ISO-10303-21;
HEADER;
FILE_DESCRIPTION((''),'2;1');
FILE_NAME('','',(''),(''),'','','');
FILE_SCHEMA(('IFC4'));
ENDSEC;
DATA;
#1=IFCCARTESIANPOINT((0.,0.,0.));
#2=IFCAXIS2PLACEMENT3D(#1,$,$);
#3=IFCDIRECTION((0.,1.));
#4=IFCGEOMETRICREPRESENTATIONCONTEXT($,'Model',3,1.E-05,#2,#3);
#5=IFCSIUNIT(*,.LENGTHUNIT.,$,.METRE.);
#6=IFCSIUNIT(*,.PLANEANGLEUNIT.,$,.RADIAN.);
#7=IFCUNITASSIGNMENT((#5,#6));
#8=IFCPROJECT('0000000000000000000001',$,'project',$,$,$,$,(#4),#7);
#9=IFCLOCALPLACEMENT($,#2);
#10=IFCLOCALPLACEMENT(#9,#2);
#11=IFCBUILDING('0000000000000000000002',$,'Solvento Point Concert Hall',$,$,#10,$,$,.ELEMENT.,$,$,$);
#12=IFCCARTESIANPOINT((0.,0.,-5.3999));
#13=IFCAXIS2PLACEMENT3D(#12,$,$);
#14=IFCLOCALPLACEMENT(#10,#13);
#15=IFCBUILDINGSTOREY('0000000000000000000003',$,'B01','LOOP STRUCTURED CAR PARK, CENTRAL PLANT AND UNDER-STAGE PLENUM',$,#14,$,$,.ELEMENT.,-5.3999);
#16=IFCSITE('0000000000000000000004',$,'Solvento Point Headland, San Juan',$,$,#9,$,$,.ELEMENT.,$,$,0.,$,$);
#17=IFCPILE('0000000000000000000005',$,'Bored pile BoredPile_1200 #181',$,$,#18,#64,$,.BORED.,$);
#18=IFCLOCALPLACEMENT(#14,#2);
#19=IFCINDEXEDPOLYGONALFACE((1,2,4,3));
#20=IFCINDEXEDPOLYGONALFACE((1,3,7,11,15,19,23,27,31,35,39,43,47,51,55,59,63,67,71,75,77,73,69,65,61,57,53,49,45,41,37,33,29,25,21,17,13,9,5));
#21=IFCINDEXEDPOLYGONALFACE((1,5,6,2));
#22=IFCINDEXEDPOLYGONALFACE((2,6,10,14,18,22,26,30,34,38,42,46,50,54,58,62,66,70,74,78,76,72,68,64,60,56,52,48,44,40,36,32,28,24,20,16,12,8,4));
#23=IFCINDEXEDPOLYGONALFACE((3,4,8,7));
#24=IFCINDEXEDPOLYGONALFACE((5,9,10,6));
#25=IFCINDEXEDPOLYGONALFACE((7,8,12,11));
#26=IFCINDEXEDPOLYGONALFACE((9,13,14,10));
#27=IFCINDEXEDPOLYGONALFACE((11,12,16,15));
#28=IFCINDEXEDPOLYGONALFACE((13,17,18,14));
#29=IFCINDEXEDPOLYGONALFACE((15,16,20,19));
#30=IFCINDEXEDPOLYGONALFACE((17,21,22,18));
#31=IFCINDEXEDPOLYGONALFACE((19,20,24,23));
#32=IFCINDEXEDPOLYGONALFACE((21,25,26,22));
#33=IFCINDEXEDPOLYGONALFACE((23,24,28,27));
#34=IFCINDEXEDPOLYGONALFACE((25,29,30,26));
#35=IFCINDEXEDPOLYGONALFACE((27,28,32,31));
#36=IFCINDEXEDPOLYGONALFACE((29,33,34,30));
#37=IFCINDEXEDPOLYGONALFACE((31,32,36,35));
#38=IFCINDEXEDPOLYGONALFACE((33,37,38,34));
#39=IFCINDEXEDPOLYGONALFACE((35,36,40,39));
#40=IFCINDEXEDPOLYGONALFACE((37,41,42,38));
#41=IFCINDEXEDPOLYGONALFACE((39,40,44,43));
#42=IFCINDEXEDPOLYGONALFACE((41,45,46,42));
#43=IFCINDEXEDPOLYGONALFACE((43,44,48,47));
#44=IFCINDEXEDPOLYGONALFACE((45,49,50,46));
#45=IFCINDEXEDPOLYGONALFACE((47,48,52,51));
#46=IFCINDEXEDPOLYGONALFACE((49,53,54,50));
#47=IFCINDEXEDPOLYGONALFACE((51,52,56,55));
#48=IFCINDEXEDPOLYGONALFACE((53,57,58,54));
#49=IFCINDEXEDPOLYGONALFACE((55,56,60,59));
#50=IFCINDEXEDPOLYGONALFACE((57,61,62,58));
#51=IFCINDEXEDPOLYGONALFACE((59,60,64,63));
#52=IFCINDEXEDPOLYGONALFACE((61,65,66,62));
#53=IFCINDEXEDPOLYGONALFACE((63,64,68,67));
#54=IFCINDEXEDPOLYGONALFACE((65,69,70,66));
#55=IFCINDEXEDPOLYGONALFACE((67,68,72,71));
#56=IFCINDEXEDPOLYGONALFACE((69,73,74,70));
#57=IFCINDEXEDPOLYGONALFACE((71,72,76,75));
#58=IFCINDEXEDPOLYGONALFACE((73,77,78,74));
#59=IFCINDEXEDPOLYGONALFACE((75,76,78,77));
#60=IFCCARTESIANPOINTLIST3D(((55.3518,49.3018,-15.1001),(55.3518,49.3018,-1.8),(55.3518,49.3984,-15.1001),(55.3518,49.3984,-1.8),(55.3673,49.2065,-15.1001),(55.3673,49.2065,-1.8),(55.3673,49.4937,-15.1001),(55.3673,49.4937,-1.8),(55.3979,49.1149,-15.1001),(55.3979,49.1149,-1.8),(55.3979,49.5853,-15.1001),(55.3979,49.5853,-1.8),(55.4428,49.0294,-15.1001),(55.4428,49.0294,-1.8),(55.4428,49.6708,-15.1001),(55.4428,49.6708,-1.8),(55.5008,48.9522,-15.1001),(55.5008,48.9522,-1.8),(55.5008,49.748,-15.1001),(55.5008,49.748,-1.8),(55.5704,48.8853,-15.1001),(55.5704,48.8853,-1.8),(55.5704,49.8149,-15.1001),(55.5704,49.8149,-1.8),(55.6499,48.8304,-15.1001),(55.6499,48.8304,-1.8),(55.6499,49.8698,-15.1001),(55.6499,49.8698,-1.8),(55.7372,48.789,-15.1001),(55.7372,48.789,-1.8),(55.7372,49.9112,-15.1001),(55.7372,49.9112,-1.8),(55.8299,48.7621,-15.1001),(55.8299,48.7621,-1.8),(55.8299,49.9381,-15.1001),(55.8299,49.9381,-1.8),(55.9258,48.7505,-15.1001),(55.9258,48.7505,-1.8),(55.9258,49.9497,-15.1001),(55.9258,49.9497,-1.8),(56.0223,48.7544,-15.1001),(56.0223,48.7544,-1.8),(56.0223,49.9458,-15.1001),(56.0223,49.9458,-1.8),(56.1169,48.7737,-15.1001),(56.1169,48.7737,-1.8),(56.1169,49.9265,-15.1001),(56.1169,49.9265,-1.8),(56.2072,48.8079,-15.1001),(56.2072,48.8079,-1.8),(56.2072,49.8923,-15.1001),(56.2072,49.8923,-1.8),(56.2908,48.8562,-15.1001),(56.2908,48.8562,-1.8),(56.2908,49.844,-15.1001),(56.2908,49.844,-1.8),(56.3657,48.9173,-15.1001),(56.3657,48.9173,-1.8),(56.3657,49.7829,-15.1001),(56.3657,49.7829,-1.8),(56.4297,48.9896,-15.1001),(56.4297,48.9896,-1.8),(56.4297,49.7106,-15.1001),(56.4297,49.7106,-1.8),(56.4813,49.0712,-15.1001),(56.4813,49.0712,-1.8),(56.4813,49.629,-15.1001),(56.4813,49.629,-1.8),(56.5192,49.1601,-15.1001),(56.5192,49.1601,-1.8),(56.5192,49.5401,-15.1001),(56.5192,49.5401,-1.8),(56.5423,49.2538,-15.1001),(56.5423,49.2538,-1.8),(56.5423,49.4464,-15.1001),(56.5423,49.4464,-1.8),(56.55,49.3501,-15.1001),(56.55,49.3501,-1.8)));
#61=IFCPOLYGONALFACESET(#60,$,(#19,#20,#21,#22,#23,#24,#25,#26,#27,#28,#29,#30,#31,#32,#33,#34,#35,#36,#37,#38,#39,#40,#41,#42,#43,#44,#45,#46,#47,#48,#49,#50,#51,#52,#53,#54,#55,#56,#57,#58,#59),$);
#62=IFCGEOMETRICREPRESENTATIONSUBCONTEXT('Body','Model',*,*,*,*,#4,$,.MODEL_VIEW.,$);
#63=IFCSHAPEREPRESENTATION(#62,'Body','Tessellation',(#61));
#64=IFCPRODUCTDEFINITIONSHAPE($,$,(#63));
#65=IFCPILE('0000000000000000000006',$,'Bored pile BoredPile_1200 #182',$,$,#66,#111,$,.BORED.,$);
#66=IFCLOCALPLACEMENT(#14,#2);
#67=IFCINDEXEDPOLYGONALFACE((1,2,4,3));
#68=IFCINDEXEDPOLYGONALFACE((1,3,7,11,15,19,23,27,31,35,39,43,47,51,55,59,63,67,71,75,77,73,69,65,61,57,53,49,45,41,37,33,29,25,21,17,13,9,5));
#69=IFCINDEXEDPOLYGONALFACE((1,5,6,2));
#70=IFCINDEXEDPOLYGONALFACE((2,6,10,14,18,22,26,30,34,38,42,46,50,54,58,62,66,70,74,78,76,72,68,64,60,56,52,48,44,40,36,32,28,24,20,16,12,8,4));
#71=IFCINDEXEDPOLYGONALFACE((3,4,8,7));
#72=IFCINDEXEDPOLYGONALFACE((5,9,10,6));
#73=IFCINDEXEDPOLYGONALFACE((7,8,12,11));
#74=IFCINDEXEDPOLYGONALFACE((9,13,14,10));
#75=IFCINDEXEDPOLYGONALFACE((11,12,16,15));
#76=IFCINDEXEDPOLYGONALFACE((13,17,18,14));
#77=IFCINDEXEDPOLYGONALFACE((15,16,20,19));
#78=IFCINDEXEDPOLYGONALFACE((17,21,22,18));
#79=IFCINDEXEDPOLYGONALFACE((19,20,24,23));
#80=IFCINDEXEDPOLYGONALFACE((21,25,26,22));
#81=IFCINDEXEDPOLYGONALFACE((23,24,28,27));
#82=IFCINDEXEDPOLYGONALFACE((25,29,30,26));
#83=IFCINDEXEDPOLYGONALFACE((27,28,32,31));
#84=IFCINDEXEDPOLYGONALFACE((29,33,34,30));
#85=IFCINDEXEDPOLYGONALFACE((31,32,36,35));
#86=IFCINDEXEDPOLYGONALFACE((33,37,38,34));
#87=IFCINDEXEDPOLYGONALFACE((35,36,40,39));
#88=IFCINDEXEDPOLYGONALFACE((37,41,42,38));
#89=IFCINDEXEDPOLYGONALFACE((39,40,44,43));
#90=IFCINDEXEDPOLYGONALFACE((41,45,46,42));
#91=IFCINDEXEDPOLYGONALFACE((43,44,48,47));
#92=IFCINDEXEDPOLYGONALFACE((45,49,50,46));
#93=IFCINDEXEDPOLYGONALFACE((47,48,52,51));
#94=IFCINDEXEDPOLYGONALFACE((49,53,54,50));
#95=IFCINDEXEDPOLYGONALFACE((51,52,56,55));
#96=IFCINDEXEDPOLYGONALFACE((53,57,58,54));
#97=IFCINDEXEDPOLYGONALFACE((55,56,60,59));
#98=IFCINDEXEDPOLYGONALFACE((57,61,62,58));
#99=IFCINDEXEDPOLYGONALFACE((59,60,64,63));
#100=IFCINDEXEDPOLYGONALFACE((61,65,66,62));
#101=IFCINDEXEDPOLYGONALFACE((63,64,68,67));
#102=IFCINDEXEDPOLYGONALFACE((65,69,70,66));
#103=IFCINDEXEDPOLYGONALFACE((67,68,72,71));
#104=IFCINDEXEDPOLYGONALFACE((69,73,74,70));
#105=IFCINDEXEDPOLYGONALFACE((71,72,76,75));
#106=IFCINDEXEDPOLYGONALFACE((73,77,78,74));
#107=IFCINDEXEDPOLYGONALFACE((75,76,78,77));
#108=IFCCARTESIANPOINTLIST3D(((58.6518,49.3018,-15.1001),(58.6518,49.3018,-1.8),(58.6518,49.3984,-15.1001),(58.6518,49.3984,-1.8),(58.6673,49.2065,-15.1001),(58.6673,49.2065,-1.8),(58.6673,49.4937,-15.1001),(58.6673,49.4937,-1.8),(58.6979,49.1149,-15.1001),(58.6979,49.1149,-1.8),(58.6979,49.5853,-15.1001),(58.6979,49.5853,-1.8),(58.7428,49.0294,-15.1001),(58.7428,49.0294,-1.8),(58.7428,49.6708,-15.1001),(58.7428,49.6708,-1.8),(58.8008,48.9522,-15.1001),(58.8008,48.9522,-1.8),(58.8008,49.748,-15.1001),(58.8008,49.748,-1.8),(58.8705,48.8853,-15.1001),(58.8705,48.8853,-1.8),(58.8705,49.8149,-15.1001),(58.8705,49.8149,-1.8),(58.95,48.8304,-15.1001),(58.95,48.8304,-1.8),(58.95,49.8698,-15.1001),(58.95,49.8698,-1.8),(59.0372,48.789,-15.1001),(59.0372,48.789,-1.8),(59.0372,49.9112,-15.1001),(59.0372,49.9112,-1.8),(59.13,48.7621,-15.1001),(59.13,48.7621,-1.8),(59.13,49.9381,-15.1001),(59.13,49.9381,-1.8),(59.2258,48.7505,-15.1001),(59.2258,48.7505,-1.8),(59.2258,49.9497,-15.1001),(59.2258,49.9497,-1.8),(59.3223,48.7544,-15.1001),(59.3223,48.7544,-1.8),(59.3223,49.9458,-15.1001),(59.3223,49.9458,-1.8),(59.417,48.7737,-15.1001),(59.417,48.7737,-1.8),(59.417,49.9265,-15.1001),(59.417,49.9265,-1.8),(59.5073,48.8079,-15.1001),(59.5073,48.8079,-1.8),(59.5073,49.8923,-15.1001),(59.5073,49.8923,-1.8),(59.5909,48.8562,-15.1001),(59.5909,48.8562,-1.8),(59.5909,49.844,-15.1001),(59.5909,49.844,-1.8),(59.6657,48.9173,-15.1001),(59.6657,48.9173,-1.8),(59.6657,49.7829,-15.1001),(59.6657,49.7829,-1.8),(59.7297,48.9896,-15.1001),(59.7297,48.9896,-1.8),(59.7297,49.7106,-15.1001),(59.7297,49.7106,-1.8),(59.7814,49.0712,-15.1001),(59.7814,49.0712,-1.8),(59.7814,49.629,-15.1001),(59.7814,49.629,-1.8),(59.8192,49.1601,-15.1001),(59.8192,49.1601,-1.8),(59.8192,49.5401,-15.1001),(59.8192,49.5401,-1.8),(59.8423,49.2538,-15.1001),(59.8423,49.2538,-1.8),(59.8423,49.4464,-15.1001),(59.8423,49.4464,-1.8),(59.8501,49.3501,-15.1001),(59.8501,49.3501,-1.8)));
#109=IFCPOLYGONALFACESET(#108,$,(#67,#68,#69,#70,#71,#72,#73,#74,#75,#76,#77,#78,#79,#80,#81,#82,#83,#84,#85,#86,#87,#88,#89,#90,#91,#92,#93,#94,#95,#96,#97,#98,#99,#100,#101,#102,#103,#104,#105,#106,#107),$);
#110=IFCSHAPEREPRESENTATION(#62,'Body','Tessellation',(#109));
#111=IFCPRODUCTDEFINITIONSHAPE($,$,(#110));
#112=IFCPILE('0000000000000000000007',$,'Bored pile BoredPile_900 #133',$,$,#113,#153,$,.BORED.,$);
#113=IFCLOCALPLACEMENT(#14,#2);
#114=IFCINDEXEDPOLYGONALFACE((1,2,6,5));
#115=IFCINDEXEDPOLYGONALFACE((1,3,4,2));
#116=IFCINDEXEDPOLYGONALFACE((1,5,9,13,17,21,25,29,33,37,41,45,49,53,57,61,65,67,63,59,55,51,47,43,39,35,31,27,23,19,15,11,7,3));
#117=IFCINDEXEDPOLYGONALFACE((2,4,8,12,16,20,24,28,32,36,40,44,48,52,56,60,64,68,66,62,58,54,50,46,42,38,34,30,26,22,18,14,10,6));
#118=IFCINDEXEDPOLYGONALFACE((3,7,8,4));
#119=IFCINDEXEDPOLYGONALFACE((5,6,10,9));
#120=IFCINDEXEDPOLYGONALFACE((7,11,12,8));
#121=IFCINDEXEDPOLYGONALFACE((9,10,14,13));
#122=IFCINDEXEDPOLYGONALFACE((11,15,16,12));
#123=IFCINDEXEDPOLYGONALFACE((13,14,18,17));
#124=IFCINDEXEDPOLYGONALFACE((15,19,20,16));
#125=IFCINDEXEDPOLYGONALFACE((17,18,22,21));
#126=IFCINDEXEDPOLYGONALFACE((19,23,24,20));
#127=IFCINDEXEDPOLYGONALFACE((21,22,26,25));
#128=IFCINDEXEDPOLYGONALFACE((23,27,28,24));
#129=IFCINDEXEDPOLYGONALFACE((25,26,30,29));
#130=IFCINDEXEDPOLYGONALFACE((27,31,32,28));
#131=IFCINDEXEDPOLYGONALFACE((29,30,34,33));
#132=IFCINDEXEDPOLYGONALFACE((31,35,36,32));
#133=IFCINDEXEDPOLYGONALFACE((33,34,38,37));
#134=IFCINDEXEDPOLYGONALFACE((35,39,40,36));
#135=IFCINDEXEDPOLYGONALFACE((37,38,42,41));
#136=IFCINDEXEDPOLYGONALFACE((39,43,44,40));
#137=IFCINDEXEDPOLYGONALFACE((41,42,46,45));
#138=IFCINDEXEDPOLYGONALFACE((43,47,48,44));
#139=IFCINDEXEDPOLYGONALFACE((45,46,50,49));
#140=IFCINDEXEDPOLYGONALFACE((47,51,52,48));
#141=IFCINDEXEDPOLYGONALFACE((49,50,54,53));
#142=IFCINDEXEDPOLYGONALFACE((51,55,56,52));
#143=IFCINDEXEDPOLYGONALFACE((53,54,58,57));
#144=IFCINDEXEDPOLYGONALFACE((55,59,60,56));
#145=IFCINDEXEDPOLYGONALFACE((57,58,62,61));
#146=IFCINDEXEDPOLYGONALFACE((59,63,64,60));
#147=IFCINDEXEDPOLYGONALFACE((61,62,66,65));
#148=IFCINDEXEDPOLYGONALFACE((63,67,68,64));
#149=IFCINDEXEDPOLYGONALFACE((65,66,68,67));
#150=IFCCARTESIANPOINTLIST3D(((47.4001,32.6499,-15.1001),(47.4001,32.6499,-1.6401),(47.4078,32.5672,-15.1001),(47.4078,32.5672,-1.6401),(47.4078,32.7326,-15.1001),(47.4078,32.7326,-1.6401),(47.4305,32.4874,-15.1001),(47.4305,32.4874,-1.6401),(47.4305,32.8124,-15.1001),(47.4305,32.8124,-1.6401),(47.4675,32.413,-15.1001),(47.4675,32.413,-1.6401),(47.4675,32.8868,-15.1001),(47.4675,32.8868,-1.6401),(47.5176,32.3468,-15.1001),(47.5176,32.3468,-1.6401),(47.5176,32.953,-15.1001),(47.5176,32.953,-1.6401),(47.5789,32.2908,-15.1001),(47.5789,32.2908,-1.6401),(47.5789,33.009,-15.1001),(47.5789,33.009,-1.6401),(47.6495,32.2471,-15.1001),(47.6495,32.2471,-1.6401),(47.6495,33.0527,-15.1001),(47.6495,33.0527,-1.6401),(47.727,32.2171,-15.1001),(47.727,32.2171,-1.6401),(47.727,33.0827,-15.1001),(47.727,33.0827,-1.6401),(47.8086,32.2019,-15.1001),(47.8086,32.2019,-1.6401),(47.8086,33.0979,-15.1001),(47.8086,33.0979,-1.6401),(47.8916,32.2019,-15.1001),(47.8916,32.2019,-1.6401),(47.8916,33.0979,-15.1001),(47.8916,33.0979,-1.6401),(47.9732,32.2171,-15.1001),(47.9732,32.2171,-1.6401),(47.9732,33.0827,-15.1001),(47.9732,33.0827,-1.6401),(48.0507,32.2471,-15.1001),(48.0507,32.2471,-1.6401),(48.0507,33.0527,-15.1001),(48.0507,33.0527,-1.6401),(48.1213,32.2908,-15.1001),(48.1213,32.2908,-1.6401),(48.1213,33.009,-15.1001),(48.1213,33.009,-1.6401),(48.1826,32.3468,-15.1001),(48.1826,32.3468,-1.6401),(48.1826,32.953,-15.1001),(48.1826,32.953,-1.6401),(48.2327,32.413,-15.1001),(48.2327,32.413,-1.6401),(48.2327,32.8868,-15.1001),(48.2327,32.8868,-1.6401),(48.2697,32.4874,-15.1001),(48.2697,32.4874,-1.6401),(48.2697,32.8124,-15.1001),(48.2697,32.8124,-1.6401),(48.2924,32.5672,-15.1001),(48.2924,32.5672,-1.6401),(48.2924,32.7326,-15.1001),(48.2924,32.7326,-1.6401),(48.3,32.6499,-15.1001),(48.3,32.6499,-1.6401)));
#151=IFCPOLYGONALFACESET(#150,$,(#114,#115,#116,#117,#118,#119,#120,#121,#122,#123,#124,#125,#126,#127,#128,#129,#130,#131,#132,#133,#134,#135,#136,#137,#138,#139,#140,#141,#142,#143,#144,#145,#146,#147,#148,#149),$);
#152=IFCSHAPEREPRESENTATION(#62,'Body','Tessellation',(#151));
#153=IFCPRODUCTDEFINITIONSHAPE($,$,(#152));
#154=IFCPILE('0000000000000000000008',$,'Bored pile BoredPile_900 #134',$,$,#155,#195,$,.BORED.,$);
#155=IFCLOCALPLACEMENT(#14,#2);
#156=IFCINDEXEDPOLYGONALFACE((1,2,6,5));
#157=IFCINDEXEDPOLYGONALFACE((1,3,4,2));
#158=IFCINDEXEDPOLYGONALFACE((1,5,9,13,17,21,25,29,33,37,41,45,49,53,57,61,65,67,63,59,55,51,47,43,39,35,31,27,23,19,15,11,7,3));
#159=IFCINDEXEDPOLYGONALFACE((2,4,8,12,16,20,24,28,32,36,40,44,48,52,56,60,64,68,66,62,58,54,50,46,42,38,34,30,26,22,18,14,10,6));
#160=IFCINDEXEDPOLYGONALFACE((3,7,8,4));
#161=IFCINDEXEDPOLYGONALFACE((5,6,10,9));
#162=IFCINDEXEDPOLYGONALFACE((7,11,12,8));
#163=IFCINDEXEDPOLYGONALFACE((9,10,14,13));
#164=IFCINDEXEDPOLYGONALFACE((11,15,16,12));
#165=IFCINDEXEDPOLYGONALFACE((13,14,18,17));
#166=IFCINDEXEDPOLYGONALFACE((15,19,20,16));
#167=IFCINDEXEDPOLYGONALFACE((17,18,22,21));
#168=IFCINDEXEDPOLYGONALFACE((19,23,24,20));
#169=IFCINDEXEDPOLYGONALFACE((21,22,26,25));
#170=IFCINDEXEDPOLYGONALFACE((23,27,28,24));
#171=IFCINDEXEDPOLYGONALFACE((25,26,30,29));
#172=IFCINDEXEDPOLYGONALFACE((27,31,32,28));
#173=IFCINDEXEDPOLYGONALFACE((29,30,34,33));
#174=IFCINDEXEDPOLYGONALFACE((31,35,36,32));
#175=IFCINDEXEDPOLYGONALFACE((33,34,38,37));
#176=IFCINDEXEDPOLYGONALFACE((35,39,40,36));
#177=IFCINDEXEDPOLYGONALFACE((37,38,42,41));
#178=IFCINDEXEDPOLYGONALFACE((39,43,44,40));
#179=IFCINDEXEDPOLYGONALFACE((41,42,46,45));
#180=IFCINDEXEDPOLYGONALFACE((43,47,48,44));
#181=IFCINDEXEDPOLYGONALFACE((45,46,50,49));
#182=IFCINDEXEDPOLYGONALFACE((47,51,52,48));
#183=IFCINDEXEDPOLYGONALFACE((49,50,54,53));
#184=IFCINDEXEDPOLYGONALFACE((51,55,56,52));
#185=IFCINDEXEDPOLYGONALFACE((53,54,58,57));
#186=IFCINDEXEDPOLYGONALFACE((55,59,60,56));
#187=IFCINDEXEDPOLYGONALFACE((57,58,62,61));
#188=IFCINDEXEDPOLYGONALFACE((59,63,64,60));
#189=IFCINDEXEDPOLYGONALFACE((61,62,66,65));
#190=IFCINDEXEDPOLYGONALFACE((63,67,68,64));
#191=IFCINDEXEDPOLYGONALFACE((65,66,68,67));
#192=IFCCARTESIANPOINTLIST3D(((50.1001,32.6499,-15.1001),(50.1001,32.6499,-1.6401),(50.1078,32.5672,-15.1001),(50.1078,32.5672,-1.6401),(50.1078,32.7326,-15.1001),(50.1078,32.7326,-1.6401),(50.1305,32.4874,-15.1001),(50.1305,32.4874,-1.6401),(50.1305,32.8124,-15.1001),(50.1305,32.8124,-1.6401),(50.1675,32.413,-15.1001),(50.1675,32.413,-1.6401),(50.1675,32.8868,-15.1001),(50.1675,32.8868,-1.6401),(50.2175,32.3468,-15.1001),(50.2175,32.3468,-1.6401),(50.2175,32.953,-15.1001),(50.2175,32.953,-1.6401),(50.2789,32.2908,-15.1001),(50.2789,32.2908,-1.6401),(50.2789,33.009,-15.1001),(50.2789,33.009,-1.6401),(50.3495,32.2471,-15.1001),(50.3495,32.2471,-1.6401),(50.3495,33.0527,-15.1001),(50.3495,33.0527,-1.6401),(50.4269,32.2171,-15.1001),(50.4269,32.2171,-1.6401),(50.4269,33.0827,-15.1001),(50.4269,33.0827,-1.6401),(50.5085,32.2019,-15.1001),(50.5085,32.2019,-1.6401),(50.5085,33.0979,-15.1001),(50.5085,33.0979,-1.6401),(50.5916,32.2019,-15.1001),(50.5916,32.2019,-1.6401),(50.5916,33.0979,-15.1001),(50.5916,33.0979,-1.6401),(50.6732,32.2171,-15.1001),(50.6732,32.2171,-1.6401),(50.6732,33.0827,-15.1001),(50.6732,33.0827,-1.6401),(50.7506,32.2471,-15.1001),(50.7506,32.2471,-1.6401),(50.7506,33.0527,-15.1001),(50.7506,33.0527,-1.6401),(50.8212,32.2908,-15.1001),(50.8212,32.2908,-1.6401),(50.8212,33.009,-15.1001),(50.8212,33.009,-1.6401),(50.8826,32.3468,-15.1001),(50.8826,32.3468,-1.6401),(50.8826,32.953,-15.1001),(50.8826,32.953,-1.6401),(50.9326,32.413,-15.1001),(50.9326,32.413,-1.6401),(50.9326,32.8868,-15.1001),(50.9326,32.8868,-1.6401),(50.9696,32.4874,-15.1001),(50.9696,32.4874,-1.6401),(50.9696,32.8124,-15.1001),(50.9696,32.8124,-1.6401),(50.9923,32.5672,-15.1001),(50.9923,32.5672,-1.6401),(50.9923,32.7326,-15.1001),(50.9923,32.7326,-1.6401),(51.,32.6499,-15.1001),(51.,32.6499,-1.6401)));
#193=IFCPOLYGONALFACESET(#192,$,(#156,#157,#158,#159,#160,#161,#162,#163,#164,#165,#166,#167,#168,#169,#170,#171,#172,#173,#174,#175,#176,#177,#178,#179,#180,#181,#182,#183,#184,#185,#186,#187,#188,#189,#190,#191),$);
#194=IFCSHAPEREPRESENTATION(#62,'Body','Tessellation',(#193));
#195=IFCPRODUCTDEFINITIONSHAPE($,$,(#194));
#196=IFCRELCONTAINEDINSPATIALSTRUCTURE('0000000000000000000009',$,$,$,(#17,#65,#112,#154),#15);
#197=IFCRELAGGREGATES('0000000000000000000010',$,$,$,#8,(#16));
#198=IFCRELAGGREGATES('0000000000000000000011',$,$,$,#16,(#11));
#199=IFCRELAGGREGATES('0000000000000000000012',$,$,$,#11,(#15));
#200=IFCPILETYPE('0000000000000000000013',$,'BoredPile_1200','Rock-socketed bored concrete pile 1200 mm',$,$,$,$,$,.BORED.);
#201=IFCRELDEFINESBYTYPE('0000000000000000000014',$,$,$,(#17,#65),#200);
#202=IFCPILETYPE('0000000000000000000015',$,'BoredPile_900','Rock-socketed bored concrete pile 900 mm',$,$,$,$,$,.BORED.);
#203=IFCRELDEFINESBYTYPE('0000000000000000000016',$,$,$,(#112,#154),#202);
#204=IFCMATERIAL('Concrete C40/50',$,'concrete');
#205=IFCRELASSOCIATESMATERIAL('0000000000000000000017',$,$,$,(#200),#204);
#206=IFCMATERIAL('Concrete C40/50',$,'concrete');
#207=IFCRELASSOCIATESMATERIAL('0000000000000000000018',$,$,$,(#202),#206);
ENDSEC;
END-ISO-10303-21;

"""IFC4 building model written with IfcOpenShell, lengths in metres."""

from ifc_helpers import new_model, si_unit, direction, frame, origin, origin_2d, place, context, subcontext, project, spatial, circle, extrude, material, material_profile, profile_set, type_object, element, save


model = new_model("IFC4")

# Units and contexts
model_context = context("Model", 3, precision=1e-05, world=origin(), true_north=direction((0.0, 1.0)))
body_context = subcontext(model_context, "Body", "Model", "MODEL_VIEW")
ifc_project = project(units=[si_unit("LENGTHUNIT", "METRE"), si_unit("PLANEANGLEUNIT", "RADIAN")], contexts=[model_context])

# Site, building, storey
site_placement = place(None, origin())
site = spatial("IfcSite", under=ifc_project, at=site_placement, Name="Solvento Point Headland, San Juan", CompositionType="ELEMENT", RefElevation=0.0)
building_placement = place(site_placement, origin())
building = spatial("IfcBuilding", under=site, at=building_placement, Name="Solvento Point Concert Hall", CompositionType="ELEMENT")
storey_placement = place(building_placement, frame((0.0, 0.0, -5.3999)))
storey = spatial("IfcBuildingStorey", under=building, at=storey_placement, Name="B01", Description="LOOP STRUCTURED CAR PARK, CENTRAL PLANT AND UNDER-STAGE PLENUM", CompositionType="ELEMENT", Elevation=-5.3999)

# Piles
ifc_material_1 = material(Name="Concrete C40/50", Category="concrete")
ifc_material_profile_1 = material_profile(ifc_material_1, circle(Radius=0.6001, at=origin_2d()), Name="BP-1200")
ifc_profile_set_1 = profile_set([ifc_material_profile_1], Name="Concrete C40/50")
pile_type_1 = type_object("IfcPileType", Name="BoredPile_1200", Description="Rock-socketed bored concrete pile 1200 mm", PredefinedType="BORED", material=ifc_profile_set_1)
for number, where, z_axis, x_axis, name in (
    (1, (55.95, 49.3501, -1.8), (0.0, 0.0, -1.0), (1.0, 0.0, 0.0), "Bored pile BoredPile_1200 #181"),
    (2, (59.25, 49.3501, -1.8), (0.0, 0.0, -1.0), (1.0, 0.0, 0.0), "Bored pile BoredPile_1200 #182"),
):
    element("IfcPile", number, at=place(storey_placement, frame(where, z_axis=z_axis, x_axis=x_axis)), inside=storey, type_object=pile_type_1, Name=name, PredefinedType="BORED", context=body_context, shape_type="SweptSolid", body=[
        extrude(circle(Radius=0.6001, at=origin_2d()), origin(), (0.0, 0.0, 1.0), 13.3),
    ])
ifc_material_2 = material(Name="Concrete C40/50", Category="concrete")
ifc_material_profile_2 = material_profile(ifc_material_2, circle(Radius=0.45, at=origin_2d()), Name="BP-900")
ifc_profile_set_2 = profile_set([ifc_material_profile_2], Name="Concrete C40/50")
pile_type_2 = type_object("IfcPileType", Name="BoredPile_900", Description="Rock-socketed bored concrete pile 900 mm", PredefinedType="BORED", material=ifc_profile_set_2)
for number, where, z_axis, x_axis, name in (
    (3, (47.8501, 32.6499, -1.6401), (0.0, 0.0, -1.0), (1.0, 0.0, 0.0), "Bored pile BoredPile_900 #133"),
    (4, (50.55, 32.6499, -1.6401), (0.0, 0.0, -1.0), (1.0, 0.0, 0.0), "Bored pile BoredPile_900 #134"),
):
    element("IfcPile", number, at=place(storey_placement, frame(where, z_axis=z_axis, x_axis=x_axis)), inside=storey, type_object=pile_type_2, Name=name, PredefinedType="BORED", context=body_context, shape_type="SweptSolid", body=[
        extrude(circle(Radius=0.45, at=origin_2d()), origin(), (0.0, 0.0, 1.0), 13.46),
    ])

save(model, "model.ifc")
